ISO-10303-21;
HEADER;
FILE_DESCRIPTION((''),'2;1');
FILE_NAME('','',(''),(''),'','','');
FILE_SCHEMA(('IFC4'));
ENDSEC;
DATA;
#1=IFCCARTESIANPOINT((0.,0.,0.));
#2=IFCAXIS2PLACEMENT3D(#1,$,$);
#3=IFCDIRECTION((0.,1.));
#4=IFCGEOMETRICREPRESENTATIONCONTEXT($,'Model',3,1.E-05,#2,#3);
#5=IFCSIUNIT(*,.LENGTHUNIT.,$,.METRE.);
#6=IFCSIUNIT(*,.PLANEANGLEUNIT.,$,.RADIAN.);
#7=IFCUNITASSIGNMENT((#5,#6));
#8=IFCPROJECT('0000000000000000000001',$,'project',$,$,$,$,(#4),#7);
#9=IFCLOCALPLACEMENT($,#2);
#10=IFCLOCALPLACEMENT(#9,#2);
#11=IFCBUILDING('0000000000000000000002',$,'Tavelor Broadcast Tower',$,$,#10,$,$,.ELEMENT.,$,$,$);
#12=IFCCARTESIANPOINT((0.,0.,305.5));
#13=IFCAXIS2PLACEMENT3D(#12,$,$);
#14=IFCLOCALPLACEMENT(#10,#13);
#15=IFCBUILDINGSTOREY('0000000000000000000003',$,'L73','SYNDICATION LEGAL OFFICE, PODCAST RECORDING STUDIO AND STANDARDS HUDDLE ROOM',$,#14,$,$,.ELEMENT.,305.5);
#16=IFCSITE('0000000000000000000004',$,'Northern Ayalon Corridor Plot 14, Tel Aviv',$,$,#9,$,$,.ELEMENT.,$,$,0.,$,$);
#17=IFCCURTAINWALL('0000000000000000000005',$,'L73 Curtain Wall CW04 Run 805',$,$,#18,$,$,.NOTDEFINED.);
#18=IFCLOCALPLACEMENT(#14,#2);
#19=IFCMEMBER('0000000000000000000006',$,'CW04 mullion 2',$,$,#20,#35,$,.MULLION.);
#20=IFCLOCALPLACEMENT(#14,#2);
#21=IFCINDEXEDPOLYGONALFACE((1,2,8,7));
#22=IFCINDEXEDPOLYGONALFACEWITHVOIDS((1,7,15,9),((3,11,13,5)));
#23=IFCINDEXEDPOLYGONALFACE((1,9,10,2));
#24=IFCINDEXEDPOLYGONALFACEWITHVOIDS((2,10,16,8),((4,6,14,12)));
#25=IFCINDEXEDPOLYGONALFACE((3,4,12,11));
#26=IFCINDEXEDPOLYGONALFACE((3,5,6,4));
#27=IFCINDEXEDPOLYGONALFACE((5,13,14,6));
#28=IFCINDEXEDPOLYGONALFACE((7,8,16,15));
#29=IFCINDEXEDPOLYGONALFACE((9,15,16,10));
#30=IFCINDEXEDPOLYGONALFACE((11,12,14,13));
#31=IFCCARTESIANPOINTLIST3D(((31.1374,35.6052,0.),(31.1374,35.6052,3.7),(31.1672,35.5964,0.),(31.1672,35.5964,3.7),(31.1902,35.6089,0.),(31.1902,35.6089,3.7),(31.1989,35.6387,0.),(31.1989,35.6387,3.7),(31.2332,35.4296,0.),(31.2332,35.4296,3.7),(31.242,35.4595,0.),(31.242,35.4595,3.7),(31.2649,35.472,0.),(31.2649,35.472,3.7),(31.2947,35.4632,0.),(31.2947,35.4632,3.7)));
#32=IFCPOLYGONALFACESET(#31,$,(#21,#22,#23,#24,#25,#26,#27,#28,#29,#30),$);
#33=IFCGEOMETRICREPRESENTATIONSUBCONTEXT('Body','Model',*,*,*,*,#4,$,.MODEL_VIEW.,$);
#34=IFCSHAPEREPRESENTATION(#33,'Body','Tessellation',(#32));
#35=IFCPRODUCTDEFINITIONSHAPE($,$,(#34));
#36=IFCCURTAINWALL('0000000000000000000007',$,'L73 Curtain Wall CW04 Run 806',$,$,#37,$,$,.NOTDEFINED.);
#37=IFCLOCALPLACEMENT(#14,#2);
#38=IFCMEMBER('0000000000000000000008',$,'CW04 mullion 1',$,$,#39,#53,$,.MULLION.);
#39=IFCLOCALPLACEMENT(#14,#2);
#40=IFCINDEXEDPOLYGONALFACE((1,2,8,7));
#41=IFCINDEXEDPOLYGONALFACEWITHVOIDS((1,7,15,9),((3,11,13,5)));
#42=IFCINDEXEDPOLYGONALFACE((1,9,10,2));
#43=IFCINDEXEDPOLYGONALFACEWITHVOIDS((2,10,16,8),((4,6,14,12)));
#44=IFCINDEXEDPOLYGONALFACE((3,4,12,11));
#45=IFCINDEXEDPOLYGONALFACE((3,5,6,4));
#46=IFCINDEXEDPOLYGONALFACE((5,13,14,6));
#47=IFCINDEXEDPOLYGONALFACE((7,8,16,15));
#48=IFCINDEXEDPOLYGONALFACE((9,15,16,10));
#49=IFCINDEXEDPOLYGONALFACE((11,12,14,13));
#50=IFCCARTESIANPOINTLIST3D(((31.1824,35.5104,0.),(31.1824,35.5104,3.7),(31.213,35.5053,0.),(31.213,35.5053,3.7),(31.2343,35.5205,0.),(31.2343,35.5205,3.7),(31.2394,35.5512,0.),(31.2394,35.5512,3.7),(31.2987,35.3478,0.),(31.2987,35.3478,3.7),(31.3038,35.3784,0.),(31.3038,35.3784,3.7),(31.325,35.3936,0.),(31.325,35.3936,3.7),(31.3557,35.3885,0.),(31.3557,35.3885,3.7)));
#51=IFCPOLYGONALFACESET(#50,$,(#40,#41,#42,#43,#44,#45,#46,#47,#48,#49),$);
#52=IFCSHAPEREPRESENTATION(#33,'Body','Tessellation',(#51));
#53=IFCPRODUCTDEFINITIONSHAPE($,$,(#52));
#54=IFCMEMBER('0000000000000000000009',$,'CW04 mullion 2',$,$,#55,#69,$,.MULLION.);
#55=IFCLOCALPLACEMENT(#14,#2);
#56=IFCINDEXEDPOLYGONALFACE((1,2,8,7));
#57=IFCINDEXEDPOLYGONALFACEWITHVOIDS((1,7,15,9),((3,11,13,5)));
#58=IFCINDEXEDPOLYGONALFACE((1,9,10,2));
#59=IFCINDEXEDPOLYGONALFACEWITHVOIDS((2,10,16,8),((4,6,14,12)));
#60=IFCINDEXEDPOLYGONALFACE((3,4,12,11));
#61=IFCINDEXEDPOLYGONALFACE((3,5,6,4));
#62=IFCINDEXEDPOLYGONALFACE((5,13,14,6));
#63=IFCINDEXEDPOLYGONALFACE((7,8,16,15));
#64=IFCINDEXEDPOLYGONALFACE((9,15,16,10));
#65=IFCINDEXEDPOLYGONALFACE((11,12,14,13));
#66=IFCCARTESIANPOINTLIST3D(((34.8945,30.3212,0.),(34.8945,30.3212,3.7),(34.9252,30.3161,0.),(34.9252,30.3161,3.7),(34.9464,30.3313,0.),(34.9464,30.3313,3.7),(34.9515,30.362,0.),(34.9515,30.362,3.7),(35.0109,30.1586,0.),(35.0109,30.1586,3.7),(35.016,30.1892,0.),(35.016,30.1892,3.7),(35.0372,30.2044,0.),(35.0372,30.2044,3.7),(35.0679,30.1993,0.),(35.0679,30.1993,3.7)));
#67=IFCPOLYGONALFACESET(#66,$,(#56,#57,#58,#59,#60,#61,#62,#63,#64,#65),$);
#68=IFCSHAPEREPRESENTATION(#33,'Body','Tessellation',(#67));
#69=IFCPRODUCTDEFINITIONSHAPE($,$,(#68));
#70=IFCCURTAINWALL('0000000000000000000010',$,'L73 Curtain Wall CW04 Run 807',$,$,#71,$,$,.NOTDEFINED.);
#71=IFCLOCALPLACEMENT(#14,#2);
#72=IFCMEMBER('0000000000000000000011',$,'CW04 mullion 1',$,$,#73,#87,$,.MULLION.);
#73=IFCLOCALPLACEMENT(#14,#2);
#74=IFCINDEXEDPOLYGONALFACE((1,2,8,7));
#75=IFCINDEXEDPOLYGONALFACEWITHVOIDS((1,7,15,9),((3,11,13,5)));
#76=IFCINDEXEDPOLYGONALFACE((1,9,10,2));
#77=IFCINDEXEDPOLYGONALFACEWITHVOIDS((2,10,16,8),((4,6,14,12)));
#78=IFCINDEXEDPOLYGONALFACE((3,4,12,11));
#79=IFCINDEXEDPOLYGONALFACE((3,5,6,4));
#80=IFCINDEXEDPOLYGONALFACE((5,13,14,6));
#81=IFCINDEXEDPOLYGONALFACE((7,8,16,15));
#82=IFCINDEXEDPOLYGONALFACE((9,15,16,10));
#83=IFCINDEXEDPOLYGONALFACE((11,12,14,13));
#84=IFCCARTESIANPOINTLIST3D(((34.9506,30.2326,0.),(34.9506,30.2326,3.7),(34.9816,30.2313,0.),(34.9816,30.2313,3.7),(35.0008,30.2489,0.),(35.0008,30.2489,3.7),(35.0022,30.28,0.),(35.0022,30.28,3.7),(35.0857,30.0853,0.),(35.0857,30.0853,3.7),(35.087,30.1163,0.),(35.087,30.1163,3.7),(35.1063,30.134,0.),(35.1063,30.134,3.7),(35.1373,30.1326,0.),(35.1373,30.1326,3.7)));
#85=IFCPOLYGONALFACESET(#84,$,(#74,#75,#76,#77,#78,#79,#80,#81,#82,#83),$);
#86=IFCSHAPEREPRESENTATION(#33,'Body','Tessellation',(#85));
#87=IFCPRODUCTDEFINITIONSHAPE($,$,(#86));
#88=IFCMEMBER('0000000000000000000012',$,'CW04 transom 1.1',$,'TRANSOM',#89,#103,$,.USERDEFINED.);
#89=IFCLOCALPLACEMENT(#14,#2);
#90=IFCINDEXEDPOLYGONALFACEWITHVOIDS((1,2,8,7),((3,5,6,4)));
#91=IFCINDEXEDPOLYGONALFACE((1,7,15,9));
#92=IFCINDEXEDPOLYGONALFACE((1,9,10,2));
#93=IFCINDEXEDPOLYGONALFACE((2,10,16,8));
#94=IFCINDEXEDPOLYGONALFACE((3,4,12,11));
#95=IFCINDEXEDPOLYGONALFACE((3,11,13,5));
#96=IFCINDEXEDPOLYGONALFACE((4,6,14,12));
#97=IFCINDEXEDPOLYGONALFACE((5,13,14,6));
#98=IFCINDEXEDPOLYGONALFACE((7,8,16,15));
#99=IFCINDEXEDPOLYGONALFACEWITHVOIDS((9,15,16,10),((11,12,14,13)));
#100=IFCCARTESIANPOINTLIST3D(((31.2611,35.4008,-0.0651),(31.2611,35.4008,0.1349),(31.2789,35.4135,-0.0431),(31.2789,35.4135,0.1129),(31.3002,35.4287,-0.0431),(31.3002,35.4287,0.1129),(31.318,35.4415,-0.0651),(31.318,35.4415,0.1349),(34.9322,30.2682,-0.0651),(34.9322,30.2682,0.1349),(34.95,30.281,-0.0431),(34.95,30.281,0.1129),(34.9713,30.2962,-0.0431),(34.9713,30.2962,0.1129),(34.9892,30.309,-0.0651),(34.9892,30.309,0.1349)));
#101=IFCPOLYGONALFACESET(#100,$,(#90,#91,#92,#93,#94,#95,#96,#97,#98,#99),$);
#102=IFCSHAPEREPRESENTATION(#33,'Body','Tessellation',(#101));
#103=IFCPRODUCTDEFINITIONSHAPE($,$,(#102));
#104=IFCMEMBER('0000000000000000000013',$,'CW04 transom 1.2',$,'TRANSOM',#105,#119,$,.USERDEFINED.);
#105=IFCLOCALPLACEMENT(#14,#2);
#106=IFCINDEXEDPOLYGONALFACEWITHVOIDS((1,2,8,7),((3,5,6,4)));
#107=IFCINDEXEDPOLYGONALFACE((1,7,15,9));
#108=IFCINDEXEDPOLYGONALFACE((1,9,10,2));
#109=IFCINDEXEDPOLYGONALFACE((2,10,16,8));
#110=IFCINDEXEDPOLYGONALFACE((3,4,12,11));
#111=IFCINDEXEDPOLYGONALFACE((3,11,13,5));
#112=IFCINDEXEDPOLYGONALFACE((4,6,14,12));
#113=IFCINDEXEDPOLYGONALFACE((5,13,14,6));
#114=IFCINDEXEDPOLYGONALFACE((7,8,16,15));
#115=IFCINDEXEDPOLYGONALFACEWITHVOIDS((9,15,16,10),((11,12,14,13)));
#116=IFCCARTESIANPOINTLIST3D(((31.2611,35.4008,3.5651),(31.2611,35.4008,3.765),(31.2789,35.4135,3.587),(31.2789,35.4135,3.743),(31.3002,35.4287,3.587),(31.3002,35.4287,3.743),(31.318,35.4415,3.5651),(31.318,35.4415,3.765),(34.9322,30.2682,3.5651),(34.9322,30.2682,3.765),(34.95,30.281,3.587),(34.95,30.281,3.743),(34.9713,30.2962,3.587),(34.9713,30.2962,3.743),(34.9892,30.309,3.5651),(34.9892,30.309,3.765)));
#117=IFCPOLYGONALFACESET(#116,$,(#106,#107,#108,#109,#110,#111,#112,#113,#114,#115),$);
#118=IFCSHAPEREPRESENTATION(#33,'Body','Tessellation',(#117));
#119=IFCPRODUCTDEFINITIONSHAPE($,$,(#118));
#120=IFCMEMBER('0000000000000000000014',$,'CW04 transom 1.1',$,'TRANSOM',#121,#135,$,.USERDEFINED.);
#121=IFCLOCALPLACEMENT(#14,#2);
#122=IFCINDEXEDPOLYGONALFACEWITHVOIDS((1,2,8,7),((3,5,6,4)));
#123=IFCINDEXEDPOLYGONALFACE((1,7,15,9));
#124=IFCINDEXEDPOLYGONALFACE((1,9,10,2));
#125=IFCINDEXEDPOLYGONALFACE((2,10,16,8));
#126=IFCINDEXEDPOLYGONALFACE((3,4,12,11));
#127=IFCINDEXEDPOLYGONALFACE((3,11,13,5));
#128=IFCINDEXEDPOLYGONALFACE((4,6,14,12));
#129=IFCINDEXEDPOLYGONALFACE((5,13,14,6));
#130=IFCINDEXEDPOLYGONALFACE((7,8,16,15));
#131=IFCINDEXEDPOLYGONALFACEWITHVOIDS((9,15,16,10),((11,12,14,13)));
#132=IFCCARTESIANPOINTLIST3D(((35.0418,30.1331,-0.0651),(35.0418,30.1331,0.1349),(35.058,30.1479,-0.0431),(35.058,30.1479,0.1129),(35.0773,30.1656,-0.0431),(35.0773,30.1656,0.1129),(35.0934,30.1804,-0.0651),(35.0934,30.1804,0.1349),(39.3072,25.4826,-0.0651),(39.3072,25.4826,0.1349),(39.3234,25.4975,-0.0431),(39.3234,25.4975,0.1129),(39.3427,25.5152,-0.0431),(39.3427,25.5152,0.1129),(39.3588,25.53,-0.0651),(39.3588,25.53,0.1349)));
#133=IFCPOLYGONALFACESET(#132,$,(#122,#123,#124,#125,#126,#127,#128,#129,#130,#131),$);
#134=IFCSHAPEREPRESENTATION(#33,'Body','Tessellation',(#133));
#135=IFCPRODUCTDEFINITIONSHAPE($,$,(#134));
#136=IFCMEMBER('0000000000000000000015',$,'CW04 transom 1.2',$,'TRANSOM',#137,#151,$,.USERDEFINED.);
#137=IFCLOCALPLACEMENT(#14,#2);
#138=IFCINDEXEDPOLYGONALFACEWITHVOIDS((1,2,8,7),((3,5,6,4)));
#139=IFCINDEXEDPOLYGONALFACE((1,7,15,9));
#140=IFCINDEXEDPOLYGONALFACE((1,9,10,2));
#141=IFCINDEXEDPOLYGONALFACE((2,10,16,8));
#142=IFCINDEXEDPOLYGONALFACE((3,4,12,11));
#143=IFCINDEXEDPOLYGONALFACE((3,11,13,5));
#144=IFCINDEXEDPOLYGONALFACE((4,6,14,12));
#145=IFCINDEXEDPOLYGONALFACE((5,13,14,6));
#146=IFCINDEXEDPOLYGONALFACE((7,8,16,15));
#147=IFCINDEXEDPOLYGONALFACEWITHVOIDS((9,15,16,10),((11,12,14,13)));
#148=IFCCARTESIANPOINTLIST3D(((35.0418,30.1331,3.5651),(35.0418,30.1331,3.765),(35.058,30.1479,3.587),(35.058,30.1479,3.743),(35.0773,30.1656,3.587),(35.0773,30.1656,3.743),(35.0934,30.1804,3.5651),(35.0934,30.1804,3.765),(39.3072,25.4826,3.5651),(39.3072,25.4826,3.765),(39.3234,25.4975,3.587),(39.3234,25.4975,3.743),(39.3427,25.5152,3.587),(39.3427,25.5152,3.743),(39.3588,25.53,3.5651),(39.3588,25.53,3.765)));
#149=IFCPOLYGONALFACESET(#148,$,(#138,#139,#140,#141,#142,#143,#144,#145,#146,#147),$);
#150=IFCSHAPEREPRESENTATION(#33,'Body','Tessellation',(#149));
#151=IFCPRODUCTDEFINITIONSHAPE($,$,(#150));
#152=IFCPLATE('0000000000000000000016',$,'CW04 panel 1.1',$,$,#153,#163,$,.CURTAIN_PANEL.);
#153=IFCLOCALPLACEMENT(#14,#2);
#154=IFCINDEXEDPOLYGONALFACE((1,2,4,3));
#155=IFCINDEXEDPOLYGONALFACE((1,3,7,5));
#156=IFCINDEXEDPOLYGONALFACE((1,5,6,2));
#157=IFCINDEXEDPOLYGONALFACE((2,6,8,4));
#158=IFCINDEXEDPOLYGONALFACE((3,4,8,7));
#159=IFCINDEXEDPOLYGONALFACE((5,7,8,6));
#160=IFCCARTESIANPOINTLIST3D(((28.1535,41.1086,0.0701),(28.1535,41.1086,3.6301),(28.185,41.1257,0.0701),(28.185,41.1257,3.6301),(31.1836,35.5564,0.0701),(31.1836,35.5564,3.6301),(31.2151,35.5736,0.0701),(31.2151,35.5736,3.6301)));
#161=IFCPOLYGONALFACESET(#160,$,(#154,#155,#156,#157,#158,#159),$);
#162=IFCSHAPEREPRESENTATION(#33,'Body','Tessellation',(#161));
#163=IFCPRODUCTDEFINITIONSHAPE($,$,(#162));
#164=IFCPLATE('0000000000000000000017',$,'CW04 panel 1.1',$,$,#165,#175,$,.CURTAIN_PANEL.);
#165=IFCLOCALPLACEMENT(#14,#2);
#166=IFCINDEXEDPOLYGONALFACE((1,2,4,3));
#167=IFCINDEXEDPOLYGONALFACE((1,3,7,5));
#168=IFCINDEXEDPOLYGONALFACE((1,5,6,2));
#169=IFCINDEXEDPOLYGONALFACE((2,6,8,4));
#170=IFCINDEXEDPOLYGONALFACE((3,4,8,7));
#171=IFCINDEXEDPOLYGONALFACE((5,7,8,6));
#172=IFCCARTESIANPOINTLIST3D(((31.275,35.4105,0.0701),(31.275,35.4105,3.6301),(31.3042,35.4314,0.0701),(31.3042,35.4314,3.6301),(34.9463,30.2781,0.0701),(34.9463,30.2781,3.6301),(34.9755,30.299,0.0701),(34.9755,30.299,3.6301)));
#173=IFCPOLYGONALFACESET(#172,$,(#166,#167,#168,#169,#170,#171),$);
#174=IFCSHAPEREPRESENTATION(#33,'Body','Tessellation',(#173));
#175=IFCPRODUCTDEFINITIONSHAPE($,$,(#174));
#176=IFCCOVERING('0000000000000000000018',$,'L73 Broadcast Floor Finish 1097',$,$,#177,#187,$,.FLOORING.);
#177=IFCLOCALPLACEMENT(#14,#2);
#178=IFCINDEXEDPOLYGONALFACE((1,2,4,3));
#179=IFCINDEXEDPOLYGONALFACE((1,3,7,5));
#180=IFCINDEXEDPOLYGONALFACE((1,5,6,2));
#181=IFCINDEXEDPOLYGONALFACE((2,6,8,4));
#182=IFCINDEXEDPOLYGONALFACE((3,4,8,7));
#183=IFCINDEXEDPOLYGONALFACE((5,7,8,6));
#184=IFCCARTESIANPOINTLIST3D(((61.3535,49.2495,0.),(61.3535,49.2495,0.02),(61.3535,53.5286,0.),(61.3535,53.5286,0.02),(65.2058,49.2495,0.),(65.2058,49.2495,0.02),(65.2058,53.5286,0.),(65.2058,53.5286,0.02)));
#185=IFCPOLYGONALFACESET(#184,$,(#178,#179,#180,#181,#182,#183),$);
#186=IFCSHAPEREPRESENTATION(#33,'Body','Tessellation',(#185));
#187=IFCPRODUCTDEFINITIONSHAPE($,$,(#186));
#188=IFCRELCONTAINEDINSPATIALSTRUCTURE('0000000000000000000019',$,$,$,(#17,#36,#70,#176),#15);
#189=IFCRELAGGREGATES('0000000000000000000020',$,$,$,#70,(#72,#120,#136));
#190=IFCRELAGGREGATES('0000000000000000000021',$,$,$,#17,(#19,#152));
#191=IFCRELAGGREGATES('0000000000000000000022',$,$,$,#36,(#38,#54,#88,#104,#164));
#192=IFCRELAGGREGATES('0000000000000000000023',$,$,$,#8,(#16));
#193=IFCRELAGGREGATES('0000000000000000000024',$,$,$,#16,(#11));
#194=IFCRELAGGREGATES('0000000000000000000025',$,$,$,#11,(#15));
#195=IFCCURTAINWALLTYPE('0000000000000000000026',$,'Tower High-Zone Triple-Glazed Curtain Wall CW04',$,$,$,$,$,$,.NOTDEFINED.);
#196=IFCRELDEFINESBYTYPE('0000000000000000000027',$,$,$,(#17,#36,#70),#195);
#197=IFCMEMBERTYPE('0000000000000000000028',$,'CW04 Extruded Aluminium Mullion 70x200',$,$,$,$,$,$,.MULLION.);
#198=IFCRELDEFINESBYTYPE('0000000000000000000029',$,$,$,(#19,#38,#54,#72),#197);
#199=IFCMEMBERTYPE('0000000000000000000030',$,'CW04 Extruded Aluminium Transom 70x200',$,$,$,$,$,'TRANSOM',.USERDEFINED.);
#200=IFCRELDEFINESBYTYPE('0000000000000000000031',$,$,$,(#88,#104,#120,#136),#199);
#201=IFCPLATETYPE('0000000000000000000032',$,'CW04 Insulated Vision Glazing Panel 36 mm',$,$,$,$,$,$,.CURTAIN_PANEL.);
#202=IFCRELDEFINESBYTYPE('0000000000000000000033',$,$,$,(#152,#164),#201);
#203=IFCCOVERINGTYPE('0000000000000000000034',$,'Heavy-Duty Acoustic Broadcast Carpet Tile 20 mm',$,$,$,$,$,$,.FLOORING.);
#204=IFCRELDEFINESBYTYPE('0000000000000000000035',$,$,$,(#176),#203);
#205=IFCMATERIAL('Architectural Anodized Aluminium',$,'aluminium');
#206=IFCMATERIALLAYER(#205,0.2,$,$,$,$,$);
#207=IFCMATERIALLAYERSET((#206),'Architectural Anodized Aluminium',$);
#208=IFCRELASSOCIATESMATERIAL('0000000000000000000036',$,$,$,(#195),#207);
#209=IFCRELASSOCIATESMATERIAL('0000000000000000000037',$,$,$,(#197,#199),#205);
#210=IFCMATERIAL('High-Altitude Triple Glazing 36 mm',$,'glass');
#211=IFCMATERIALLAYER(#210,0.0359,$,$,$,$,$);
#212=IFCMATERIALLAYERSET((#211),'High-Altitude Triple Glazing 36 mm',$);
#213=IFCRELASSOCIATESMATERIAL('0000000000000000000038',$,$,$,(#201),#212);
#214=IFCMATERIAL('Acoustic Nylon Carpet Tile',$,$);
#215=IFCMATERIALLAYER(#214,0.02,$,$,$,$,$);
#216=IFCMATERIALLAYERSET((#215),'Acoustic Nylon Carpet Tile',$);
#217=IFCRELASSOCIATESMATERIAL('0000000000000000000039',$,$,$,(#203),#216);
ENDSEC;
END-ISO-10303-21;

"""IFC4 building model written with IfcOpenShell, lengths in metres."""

from ifc_helpers import new_model, si_unit, direction, frame, origin, origin_2d, place, context, subcontext, project, spatial, polyline, rectangle, hollow_rectangle, outline, extrude, source, transform, mapped, material, layer, layer_set, material_profile, profile_set, type_object, type_shapes, element, aggregate, save


model = new_model("IFC4")

# Units and contexts
model_context = context("Model", 3, precision=1e-05, world=origin(), true_north=direction((0.0, 1.0)))
body_context = subcontext(model_context, "Body", "Model", "MODEL_VIEW")
ifc_project = project(units=[si_unit("LENGTHUNIT", "METRE"), si_unit("PLANEANGLEUNIT", "RADIAN")], contexts=[model_context])

# Site, building, storey
site_placement = place(None, origin())
site = spatial("IfcSite", under=ifc_project, at=site_placement, Name="Northern Ayalon Corridor Plot 14, Tel Aviv", CompositionType="ELEMENT", RefElevation=0.0)
building_placement = place(site_placement, origin())
building = spatial("IfcBuilding", under=site, at=building_placement, Name="Tavelor Broadcast Tower", CompositionType="ELEMENT")
storey_placement = place(building_placement, frame((0.0, 0.0, 305.5)))
storey = spatial("IfcBuildingStorey", under=building, at=storey_placement, Name="L73", Description="SYNDICATION LEGAL OFFICE, PODCAST RECORDING STUDIO AND STANDARDS HUDDLE ROOM", CompositionType="ELEMENT", Elevation=305.5)

# Curtain wall, member
ifc_material_1 = material(Name="Architectural Anodized Aluminium", Category="aluminium")
ifc_layer_1 = layer(ifc_material_1, 0.2)
ifc_layer_set_1 = layer_set([ifc_layer_1], Name="Architectural Anodized Aluminium")
curtain_wall_type = type_object("IfcCurtainWallType", Name="Tower High-Zone Triple-Glazed Curtain Wall CW04", PredefinedType="NOTDEFINED", material=ifc_layer_set_1)
curtain_wall_1_placement = place(storey_placement, origin())
curtain_wall_1 = element("IfcCurtainWall", 1, at=curtain_wall_1_placement, inside=storey, type_object=curtain_wall_type, Name="L73 Curtain Wall CW04 Run 805", PredefinedType="NOTDEFINED")
ifc_material_profile_1 = material_profile(ifc_material_1, hollow_rectangle(XDim=0.0701, YDim=0.2, WallThickness=0.022, at=origin_2d()), Name="RHS 70x200x22")
ifc_profile_set_1 = profile_set([ifc_material_profile_1], Name="Architectural Anodized Aluminium")
member_type_1 = type_object("IfcMemberType", Name="CW04 Extruded Aluminium Mullion 70x200", PredefinedType="MULLION", material=ifc_profile_set_1)
shared_shape_1 = source(origin(), body_context, "Body", "SweptSolid", [
    extrude(hollow_rectangle(XDim=0.0701, YDim=0.2, WallThickness=0.022, at=origin_2d()), origin(), (0.0, 0.0, 1.0), 3.7),
])
type_shapes(member_type_1, [shared_shape_1])
member_1_placement = place(storey_placement, frame((31.2161, 35.5342, 0.0), z_axis=(0.0, 0.0, 1.0), x_axis=(0.877786, 0.479054, 0.0)))
member_1 = element("IfcMember", 2, at=member_1_placement, type_object=member_type_1, Name="CW04 mullion 2", PredefinedType="MULLION", context=body_context, shape_type="MappedRepresentation", body=[
    mapped(shared_shape_1, transform((0.0, 0.0, 0.0), scale=1.0)),
])

# Curtain wall, members
curtain_wall_2_placement = place(storey_placement, origin())
curtain_wall_2 = element("IfcCurtainWall", 3, at=curtain_wall_2_placement, inside=storey, type_object=curtain_wall_type, Name="L73 Curtain Wall CW04 Run 806", PredefinedType="NOTDEFINED")
member_2_placement = place(storey_placement, frame((31.269, 35.4495, 0.0), z_axis=(0.0, 0.0, 1.0), x_axis=(0.813342, 0.581787, 0.0)))
member_2 = element("IfcMember", 4, at=member_2_placement, type_object=member_type_1, Name="CW04 mullion 1", PredefinedType="MULLION", context=body_context, shape_type="MappedRepresentation", body=[
    mapped(shared_shape_1, transform((0.0, 0.0, 0.0), scale=1.0)),
])
member_3_placement = place(storey_placement, frame((34.9812, 30.2603, 0.0), z_axis=(0.0, 0.0, 1.0), x_axis=(0.813342, 0.581787, 0.0)))
member_3 = element("IfcMember", 5, at=member_3_placement, type_object=member_type_1, Name="CW04 mullion 2", PredefinedType="MULLION", context=body_context, shape_type="MappedRepresentation", body=[
    mapped(shared_shape_1, transform((0.0, 0.0, 0.0), scale=1.0)),
])

# Curtain wall, member
curtain_wall_3_placement = place(storey_placement, origin())
curtain_wall_3 = element("IfcCurtainWall", 6, at=curtain_wall_3_placement, inside=storey, type_object=curtain_wall_type, Name="L73 Curtain Wall CW04 Run 807", PredefinedType="NOTDEFINED")
member_4_placement = place(storey_placement, frame((35.0439, 30.1826, 0.0), z_axis=(0.0, 0.0, 1.0), x_axis=(0.736981, 0.675913, 0.0)))
member_4 = element("IfcMember", 7, at=member_4_placement, type_object=member_type_1, Name="CW04 mullion 1", PredefinedType="MULLION", context=body_context, shape_type="MappedRepresentation", body=[
    mapped(shared_shape_1, transform((0.0, 0.0, 0.0), scale=1.0)),
])

# Members
ifc_material_profile_2 = material_profile(ifc_material_1, hollow_rectangle(XDim=0.0701, YDim=0.2, WallThickness=0.022, at=origin_2d()), Name="RHS 70x200x22")
ifc_profile_set_2 = profile_set([ifc_material_profile_2], Name="Architectural Anodized Aluminium")
member_type_2 = type_object("IfcMemberType", Name="CW04 Extruded Aluminium Transom 70x200", ElementType="TRANSOM", PredefinedType="USERDEFINED", material=ifc_profile_set_2)
shared_shape_2 = source(origin(), body_context, "Body", "SweptSolid", [
    extrude(hollow_rectangle(XDim=0.0701, YDim=0.2, WallThickness=0.022, at=origin_2d()), origin(), (0.0, 0.0, 1.0), 6.3103),
])
type_shapes(member_type_2, [shared_shape_2])
member_5_placement = place(storey_placement, frame((31.2896, 35.4211, 0.0349), z_axis=(0.581765, -0.813357, 0.0), x_axis=(0.813357, 0.581765, 0.0)))
member_5 = element("IfcMember", 8, at=member_5_placement, type_object=member_type_2, Name="CW04 transom 1.1", ObjectType="TRANSOM", PredefinedType="USERDEFINED", context=body_context, shape_type="MappedRepresentation", body=[
    mapped(shared_shape_2, transform((0.0, 0.0, 0.0), scale=1.0)),
])
member_6_placement = place(storey_placement, frame((31.2896, 35.4211, 3.665), z_axis=(0.581765, -0.813357, 0.0), x_axis=(0.813357, 0.581765, 0.0)))
member_6 = element("IfcMember", 9, at=member_6_placement, type_object=member_type_2, Name="CW04 transom 1.2", ObjectType="TRANSOM", PredefinedType="USERDEFINED", context=body_context, shape_type="MappedRepresentation", body=[
    mapped(shared_shape_2, transform((0.0, 0.0, 0.0), scale=1.0)),
])
member_7_placement = place(storey_placement, frame((35.0676, 30.1567, 0.0349), z_axis=(0.675942, -0.736955, 0.0), x_axis=(0.736955, 0.675942, 0.0)))
member_7 = element("IfcMember", 10, at=member_7_placement, type_object=member_type_2, Name="CW04 transom 1.1", ObjectType="TRANSOM", PredefinedType="USERDEFINED", context=body_context, shape_type="MappedRepresentation", body=[
    mapped(shared_shape_2, transform((0.0, 0.0, 0.0), scale=1.0)),
])
member_8_placement = place(storey_placement, frame((35.0676, 30.1567, 3.665), z_axis=(0.675942, -0.736955, 0.0), x_axis=(0.736955, 0.675942, 0.0)))
member_8 = element("IfcMember", 11, at=member_8_placement, type_object=member_type_2, Name="CW04 transom 1.2", ObjectType="TRANSOM", PredefinedType="USERDEFINED", context=body_context, shape_type="MappedRepresentation", body=[
    mapped(shared_shape_2, transform((0.0, 0.0, 0.0), scale=1.0)),
])
aggregate(curtain_wall_3, [member_4, member_7, member_8])

# Plates
ifc_material_2 = material(Name="High-Altitude Triple Glazing 36 mm", Category="glass")
ifc_layer_2 = layer(ifc_material_2, 0.0359)
ifc_layer_set_2 = layer_set([ifc_layer_2], Name="High-Altitude Triple Glazing 36 mm")
plate_type = type_object("IfcPlateType", Name="CW04 Insulated Vision Glazing Panel 36 mm", PredefinedType="CURTAIN_PANEL", material=ifc_layer_set_2)
shared_shape_3 = source(origin(), body_context, "Body", "SweptSolid", [
    extrude(rectangle(XDim=6.3252, YDim=0.0359, at=origin_2d()), origin(), (0.0, 0.0, 1.0), 3.5601),
])
plate_1_placement = place(storey_placement, frame((29.6843, 38.3411, 0.0701), z_axis=(0.0, 0.0, 1.0), x_axis=(0.479054, -0.877786, 0.0)))
plate_1 = element("IfcPlate", 12, at=plate_1_placement, type_object=plate_type, Name="CW04 panel 1.1", PredefinedType="CURTAIN_PANEL", context=body_context, shape_type="MappedRepresentation", body=[
    mapped(shared_shape_3, transform((0.0, 0.0, 0.0), scale=1.0)),
])
aggregate(curtain_wall_1, [member_1, plate_1])
shared_shape_4 = source(origin(), body_context, "Body", "SweptSolid", [
    extrude(rectangle(XDim=6.3103, YDim=0.0359, at=origin_2d()), origin(), (0.0, 0.0, 1.0), 3.5601),
])
type_shapes(plate_type, [shared_shape_3, shared_shape_4])
plate_2_placement = place(storey_placement, frame((33.1252, 32.8547, 0.0701), z_axis=(0.0, 0.0, 1.0), x_axis=(0.581787, -0.813342, 0.0)))
plate_2 = element("IfcPlate", 13, at=plate_2_placement, type_object=plate_type, Name="CW04 panel 1.1", PredefinedType="CURTAIN_PANEL", context=body_context, shape_type="MappedRepresentation", body=[
    mapped(shared_shape_4, transform((0.0, 0.0, 0.0), scale=1.0)),
])
aggregate(curtain_wall_2, [member_2, member_3, member_5, member_6, plate_2])

# Covering
ifc_material_3 = material(Name="Acoustic Nylon Carpet Tile")
ifc_layer_3 = layer(ifc_material_3, 0.02)
ifc_layer_set_3 = layer_set([ifc_layer_3], Name="Acoustic Nylon Carpet Tile")
covering_type_1 = type_object("IfcCoveringType", Name="Heavy-Duty Acoustic Broadcast Carpet Tile 20 mm", PredefinedType="FLOORING", material=ifc_layer_set_3)
covering_1_placement = place(storey_placement, origin())
element("IfcCovering", 14, at=covering_1_placement, inside=storey, type_object=covering_type_1, Name="L73 Broadcast Floor Finish 1097", PredefinedType="FLOORING", context=body_context, shape_type="SweptSolid", body=[
    extrude(outline(polyline([(61.3535, 49.2495), (65.2058, 49.2495), (65.2058, 53.5286), (61.3535, 53.5286), (61.3535, 49.2495)])), origin(), (0.0, 0.0, 1.0), 0.02),
])

save(model, "model.ifc")
